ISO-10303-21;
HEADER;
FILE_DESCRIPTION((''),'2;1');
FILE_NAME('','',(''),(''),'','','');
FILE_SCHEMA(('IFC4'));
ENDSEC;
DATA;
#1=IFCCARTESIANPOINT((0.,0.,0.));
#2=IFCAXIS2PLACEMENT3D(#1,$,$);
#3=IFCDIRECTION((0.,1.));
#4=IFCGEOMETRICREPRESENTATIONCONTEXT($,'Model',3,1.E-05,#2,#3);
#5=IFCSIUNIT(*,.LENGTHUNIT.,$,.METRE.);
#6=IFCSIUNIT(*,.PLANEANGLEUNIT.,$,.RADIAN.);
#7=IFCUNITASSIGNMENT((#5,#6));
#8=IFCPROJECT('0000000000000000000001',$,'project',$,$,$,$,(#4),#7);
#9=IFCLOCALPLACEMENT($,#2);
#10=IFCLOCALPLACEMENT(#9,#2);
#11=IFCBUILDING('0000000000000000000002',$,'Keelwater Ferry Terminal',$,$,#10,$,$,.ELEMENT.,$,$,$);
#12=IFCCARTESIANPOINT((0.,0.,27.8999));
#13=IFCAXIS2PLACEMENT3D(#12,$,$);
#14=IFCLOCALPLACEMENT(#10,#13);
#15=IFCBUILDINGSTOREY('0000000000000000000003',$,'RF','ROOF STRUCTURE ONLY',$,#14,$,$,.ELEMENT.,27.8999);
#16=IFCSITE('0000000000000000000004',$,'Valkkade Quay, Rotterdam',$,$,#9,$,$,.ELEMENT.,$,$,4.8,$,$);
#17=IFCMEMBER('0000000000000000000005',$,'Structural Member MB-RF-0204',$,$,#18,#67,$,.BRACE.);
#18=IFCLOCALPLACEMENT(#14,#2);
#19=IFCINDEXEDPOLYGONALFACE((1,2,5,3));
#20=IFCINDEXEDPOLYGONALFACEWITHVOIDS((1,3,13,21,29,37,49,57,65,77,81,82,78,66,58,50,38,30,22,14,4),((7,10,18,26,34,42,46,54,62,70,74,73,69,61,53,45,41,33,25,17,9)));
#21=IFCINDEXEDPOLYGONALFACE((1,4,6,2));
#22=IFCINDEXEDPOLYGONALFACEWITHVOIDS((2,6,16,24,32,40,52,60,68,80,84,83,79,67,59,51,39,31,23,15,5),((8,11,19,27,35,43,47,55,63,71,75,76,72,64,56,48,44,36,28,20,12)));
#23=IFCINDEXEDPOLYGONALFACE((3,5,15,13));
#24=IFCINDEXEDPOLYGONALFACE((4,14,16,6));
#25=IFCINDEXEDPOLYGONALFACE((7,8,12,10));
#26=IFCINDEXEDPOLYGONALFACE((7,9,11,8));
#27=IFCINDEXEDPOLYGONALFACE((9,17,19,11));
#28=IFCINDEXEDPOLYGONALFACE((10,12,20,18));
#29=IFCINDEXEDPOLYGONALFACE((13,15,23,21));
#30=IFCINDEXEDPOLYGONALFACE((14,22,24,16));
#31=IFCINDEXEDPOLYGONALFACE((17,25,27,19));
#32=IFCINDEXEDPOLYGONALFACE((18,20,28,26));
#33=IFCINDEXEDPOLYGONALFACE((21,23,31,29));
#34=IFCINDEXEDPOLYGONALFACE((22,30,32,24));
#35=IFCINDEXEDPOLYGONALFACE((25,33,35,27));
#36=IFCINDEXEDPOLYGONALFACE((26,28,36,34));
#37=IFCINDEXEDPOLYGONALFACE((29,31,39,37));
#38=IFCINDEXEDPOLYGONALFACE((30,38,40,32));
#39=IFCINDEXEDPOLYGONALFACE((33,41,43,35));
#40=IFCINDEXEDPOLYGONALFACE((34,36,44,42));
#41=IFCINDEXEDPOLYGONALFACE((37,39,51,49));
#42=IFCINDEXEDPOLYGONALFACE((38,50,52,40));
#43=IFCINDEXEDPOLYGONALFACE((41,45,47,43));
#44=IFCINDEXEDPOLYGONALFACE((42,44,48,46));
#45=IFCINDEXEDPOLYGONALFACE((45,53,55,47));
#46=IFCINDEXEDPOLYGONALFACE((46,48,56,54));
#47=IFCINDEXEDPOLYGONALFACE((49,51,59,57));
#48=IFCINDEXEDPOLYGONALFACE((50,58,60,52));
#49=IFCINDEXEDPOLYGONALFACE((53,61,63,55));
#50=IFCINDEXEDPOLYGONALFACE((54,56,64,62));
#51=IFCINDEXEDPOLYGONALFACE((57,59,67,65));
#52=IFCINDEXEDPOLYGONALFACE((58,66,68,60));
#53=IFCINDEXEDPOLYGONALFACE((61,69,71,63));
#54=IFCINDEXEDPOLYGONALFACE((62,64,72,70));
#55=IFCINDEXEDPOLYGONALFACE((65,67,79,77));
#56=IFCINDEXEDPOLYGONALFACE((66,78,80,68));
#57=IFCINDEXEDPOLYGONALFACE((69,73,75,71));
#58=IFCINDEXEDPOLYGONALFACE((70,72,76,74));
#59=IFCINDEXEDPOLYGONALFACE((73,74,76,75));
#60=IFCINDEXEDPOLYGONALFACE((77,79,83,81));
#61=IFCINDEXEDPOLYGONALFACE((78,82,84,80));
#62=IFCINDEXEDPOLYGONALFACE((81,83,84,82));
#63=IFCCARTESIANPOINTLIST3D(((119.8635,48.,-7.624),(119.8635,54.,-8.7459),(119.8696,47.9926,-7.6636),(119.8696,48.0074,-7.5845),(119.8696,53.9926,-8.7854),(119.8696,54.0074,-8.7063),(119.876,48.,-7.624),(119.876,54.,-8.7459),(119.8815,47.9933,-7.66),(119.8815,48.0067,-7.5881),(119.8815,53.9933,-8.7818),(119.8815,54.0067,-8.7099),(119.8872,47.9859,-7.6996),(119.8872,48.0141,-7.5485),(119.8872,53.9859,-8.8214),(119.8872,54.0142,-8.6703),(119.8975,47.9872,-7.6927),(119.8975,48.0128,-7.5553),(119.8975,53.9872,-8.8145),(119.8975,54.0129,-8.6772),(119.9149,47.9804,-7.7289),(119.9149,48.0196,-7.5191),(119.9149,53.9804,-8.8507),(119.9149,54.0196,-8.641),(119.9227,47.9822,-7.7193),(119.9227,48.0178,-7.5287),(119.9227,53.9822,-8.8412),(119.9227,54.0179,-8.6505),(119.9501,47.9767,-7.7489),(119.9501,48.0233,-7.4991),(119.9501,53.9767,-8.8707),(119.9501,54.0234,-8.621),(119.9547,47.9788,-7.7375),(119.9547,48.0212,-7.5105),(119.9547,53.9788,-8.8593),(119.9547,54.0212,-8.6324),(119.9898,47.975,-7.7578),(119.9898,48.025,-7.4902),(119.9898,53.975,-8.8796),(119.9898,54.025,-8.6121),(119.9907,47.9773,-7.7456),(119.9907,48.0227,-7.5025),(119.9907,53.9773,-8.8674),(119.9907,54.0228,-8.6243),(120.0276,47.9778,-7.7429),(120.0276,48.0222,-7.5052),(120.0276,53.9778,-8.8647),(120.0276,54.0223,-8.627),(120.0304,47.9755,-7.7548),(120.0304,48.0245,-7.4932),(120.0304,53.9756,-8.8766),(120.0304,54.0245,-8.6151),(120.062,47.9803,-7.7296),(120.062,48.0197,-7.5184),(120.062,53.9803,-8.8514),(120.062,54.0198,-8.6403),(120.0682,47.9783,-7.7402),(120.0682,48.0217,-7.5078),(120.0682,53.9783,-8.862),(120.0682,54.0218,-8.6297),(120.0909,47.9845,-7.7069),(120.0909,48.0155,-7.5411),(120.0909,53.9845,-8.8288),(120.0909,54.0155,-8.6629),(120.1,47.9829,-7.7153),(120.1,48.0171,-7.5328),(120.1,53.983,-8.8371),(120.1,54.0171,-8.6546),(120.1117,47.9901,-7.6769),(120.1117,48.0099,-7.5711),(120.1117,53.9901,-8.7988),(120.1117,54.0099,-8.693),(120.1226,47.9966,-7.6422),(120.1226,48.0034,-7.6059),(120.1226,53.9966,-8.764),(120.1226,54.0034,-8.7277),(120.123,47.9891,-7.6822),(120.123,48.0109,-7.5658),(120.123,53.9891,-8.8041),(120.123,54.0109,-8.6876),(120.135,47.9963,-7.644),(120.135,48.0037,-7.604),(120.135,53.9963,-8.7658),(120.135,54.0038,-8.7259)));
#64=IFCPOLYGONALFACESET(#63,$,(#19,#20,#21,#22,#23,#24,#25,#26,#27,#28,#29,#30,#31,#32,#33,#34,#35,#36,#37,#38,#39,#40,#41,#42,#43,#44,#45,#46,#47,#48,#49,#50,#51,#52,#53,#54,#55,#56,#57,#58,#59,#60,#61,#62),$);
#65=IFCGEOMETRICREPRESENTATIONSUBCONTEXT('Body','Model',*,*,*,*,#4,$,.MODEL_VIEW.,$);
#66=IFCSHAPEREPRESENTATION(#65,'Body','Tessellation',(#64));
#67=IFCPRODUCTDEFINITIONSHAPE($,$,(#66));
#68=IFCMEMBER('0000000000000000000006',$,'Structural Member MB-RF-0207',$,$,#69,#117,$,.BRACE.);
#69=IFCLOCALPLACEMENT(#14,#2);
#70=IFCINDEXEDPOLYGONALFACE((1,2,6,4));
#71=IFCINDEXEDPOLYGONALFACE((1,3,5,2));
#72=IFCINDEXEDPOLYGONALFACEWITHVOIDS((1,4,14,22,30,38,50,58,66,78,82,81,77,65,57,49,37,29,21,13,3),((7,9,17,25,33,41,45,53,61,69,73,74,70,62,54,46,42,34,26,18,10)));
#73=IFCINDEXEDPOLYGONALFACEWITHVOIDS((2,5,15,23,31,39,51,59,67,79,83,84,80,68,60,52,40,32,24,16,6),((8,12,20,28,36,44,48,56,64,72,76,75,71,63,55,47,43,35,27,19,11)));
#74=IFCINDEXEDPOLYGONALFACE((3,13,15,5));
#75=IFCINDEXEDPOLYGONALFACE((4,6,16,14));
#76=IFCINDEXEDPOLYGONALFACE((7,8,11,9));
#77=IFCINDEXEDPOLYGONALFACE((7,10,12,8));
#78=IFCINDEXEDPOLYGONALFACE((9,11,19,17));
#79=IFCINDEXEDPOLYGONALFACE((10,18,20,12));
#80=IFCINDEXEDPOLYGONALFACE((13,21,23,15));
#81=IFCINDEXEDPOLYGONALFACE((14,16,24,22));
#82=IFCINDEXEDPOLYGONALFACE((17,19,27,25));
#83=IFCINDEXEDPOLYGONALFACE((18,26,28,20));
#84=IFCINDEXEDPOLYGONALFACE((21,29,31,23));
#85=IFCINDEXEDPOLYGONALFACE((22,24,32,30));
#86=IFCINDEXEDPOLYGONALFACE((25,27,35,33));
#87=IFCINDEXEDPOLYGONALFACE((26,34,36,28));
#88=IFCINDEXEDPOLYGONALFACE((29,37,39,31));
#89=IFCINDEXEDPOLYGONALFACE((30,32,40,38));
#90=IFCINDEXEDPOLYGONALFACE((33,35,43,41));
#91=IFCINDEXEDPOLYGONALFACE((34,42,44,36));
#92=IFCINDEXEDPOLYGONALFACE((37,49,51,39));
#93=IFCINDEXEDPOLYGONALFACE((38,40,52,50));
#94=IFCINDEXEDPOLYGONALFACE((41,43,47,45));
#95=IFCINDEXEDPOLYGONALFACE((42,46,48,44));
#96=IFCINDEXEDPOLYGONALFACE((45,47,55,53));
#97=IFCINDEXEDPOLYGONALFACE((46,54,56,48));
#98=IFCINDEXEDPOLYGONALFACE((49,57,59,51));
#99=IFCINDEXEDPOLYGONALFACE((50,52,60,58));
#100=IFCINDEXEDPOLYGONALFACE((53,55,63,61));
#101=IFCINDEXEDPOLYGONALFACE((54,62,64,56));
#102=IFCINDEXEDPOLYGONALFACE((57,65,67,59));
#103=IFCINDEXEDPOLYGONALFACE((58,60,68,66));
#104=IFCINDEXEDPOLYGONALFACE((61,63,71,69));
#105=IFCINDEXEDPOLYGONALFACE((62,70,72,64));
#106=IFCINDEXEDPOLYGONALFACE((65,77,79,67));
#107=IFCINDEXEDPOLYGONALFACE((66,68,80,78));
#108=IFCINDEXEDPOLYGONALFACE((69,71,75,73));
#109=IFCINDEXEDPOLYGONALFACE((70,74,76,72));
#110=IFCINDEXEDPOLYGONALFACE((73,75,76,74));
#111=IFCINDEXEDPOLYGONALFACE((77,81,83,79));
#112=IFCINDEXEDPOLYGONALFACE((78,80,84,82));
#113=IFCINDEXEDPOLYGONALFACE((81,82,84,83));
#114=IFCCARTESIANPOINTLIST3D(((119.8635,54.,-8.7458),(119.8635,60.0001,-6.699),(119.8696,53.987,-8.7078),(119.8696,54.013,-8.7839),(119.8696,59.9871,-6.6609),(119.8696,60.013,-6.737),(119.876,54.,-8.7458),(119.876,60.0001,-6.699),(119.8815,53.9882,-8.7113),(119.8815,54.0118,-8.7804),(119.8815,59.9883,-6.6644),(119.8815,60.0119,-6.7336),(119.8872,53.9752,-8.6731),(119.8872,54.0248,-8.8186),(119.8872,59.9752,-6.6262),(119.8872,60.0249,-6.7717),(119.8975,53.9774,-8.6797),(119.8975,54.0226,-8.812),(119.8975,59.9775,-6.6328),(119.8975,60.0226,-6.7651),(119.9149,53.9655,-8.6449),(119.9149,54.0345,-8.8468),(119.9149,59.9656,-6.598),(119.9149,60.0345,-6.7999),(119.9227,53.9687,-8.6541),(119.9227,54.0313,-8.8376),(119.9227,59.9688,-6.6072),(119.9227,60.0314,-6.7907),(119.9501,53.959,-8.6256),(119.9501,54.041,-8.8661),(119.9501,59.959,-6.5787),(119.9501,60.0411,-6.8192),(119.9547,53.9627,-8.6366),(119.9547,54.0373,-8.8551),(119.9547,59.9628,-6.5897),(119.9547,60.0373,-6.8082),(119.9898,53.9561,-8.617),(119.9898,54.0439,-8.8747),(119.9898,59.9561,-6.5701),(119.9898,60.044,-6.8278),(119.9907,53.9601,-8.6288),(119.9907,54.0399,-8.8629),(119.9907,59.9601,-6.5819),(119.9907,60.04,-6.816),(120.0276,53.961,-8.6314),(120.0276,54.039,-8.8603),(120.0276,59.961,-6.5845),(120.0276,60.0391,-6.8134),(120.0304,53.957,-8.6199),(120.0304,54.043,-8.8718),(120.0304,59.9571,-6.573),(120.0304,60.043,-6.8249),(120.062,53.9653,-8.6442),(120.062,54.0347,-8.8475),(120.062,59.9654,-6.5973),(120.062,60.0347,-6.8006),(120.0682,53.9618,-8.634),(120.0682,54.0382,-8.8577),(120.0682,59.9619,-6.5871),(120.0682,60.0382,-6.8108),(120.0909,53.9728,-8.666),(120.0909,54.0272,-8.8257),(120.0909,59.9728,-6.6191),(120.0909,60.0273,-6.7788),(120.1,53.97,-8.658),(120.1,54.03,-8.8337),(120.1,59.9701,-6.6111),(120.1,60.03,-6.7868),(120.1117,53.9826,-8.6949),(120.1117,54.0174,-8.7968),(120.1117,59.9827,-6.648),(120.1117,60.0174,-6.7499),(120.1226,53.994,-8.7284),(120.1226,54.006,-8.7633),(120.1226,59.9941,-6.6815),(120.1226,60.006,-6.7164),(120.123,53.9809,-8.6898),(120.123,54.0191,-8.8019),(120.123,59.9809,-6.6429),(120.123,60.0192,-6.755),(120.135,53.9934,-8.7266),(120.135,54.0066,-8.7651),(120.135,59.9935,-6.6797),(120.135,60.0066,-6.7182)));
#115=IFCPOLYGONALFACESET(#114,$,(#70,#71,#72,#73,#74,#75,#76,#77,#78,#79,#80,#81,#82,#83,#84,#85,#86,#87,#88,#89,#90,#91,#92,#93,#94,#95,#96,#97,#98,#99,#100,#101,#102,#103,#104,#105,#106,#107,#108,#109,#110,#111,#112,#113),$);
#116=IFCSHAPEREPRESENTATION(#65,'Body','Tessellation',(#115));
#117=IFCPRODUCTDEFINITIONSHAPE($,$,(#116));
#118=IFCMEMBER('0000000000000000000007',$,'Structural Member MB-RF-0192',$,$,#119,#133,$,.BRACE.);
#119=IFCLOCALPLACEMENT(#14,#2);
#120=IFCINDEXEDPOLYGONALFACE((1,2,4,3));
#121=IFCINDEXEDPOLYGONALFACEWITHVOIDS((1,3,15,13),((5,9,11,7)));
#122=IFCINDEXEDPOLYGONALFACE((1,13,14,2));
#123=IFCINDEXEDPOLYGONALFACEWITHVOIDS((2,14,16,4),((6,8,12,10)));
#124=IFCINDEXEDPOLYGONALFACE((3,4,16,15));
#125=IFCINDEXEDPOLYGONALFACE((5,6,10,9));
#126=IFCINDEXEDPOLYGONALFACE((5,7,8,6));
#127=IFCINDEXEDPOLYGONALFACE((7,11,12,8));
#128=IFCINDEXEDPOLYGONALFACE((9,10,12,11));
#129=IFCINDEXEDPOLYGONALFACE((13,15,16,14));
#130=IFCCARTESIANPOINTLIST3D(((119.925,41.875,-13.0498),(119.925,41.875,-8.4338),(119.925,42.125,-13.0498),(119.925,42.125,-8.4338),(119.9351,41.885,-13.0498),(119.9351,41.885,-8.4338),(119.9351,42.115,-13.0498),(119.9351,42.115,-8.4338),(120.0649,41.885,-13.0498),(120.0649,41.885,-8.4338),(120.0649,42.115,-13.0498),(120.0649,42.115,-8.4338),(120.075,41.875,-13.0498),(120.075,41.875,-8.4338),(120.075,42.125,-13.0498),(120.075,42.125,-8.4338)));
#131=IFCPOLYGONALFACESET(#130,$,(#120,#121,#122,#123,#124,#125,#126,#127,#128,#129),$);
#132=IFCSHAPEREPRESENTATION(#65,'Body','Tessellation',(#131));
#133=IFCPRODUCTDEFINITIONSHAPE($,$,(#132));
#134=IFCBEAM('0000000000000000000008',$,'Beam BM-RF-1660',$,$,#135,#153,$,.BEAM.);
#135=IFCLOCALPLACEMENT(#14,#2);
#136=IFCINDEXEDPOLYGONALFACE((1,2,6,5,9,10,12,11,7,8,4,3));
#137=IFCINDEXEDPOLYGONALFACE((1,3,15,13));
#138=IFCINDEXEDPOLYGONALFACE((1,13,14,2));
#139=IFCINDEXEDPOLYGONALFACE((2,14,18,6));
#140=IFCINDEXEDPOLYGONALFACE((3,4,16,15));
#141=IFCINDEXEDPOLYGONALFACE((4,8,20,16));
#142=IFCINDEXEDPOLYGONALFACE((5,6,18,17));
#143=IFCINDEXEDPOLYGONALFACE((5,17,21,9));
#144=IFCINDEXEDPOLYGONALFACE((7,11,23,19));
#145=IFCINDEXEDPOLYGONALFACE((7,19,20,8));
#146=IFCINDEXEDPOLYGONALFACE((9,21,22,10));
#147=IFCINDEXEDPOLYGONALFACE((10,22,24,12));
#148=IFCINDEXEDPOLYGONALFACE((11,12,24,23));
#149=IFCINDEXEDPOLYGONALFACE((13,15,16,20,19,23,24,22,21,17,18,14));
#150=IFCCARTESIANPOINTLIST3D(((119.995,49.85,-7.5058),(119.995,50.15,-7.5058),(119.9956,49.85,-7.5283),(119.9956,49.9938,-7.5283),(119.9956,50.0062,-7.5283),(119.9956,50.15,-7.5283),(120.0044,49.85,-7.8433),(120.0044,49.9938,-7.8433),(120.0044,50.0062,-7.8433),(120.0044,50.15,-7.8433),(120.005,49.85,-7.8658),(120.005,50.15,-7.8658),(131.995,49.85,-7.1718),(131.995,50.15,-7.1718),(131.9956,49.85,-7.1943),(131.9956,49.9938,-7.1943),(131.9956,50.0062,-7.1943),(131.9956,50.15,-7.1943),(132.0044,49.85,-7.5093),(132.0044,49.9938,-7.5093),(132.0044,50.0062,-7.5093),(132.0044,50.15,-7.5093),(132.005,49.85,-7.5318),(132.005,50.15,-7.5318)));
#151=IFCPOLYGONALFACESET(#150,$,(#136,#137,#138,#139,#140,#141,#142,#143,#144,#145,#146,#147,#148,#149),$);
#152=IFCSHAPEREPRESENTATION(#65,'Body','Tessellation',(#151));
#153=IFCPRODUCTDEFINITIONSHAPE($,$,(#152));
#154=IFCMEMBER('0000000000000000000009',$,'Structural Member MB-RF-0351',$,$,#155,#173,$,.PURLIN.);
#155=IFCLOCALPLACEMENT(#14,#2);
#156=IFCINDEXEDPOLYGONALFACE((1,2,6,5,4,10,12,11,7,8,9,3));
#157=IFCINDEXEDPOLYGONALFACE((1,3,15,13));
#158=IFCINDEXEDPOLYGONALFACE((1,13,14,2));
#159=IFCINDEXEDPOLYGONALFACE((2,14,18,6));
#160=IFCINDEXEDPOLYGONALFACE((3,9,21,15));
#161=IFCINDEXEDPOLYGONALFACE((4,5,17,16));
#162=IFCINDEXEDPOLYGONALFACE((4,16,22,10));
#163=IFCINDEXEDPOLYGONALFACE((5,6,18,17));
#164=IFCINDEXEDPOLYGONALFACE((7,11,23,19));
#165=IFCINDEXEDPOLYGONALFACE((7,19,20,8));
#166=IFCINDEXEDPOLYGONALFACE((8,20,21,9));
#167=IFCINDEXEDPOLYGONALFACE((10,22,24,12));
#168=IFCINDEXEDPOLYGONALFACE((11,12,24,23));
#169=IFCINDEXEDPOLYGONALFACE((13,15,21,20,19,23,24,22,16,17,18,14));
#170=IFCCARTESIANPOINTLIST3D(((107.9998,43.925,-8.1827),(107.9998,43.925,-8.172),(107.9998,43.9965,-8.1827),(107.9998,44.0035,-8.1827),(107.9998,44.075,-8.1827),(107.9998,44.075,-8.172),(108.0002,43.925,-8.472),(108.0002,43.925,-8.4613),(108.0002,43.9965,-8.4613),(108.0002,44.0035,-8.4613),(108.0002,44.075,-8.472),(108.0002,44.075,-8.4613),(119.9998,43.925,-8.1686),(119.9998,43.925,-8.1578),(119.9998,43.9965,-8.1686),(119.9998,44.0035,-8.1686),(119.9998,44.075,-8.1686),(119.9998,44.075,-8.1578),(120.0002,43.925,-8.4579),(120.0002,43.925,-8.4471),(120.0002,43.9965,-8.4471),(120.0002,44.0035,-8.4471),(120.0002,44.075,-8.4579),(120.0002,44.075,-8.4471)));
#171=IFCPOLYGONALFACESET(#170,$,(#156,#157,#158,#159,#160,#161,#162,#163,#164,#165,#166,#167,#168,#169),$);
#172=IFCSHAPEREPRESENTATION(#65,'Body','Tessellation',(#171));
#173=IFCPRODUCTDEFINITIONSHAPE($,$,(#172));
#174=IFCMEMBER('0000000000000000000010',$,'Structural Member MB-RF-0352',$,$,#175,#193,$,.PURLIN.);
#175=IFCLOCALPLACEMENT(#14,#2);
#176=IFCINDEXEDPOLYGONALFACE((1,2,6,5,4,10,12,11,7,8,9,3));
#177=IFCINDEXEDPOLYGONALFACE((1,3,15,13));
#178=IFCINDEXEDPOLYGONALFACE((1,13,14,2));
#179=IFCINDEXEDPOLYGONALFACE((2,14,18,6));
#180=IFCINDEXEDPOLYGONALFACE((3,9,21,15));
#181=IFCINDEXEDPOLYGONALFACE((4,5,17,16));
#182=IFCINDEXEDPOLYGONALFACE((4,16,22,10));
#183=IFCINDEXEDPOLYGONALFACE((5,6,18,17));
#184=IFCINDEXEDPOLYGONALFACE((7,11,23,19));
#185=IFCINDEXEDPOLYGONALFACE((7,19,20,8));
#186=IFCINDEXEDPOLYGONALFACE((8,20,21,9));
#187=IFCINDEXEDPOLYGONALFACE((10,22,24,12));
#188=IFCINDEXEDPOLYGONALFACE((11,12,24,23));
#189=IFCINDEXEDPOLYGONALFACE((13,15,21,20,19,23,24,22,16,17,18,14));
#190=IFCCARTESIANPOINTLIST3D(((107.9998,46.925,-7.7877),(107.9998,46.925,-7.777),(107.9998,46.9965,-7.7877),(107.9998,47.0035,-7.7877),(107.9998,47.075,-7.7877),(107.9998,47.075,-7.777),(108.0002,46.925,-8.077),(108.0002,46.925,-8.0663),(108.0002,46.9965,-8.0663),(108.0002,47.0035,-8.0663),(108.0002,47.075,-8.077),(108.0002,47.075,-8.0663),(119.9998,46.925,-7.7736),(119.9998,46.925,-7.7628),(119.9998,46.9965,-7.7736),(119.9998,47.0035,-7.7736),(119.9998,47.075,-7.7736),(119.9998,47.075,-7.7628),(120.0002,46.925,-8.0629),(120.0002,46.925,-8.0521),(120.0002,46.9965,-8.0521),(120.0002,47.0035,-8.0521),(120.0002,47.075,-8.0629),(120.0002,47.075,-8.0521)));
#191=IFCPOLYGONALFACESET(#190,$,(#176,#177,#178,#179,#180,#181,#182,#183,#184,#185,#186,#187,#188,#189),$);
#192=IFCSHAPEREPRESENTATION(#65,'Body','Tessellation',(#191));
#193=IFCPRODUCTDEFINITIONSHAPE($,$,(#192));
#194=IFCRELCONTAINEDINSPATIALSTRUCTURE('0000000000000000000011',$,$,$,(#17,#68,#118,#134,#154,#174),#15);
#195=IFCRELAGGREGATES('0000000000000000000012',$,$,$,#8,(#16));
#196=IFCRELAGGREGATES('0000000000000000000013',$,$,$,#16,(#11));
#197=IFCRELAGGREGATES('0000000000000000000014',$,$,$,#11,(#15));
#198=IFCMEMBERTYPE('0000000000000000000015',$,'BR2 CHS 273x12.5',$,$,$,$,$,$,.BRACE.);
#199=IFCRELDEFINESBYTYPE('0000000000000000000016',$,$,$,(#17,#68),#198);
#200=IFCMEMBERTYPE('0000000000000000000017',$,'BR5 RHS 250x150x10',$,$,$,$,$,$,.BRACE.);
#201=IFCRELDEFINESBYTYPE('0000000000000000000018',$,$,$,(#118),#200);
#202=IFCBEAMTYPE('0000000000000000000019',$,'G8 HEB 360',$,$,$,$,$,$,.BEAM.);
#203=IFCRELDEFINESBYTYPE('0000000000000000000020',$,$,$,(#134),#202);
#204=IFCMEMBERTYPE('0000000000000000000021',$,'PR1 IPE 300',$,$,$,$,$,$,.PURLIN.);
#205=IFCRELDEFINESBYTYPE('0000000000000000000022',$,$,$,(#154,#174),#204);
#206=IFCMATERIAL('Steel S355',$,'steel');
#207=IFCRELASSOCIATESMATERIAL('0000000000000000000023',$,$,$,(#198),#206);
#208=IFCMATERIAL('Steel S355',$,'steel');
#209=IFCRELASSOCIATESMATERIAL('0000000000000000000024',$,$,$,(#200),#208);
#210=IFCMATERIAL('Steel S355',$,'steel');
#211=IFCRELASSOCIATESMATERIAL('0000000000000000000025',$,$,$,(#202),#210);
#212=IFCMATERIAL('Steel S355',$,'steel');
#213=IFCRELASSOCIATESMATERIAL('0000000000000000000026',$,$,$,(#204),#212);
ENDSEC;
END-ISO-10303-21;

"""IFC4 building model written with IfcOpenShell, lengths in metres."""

from ifc_helpers import new_model, si_unit, direction, frame, origin, origin_2d, place, context, subcontext, project, spatial, hollow_rectangle, hollow_circle, i_section, extrude, material, material_profile, profile_set, type_object, element, save


model = new_model("IFC4")

# Units and contexts
model_context = context("Model", 3, precision=1e-05, world=origin(), true_north=direction((0.0, 1.0)))
body_context = subcontext(model_context, "Body", "Model", "MODEL_VIEW")
ifc_project = project(units=[si_unit("LENGTHUNIT", "METRE"), si_unit("PLANEANGLEUNIT", "RADIAN")], contexts=[model_context])

# Site, building, storey
site_placement = place(None, origin())
site = spatial("IfcSite", under=ifc_project, at=site_placement, Name="Valkkade Quay, Rotterdam", CompositionType="ELEMENT", RefElevation=4.8)
building_placement = place(site_placement, origin())
building = spatial("IfcBuilding", under=site, at=building_placement, Name="Keelwater Ferry Terminal", CompositionType="ELEMENT")
storey_placement = place(building_placement, frame((0.0, 0.0, 27.8999)))
storey = spatial("IfcBuildingStorey", under=building, at=storey_placement, Name="RF", Description="ROOF STRUCTURE ONLY", CompositionType="ELEMENT", Elevation=27.8999)

# Members
ifc_material_1 = material(Name="Steel S355", Category="steel")
ifc_material_profile_1 = material_profile(ifc_material_1, hollow_circle(Radius=0.1365, WallThickness=0.0125, at=origin_2d()), Name="CHS 273x12.5")
ifc_profile_set_1 = profile_set([ifc_material_profile_1], Name="Steel S355")
member_type_1 = type_object("IfcMemberType", Name="BR2 CHS 273x12.5", PredefinedType="BRACE", material=ifc_profile_set_1)
member_1_placement = place(storey_placement, frame((120.0, 48.0, -7.624), z_axis=(0.0, 0.982966, -0.183786), x_axis=(-1.0, 0.0, 0.0)))
element("IfcMember", 1, at=member_1_placement, inside=storey, type_object=member_type_1, Name="Structural Member MB-RF-0204", PredefinedType="BRACE", context=body_context, shape_type="SweptSolid", body=[
    extrude(hollow_circle(Radius=0.1365, WallThickness=0.0125, at=origin_2d()), origin(), (0.0, 0.0, 1.0), 6.104),
])
member_2_placement = place(storey_placement, frame((120.0, 54.0, -8.7458), z_axis=(0.0, 0.946442, 0.322875), x_axis=(-1.0, 0.0, 0.0)))
element("IfcMember", 2, at=member_2_placement, inside=storey, type_object=member_type_1, Name="Structural Member MB-RF-0207", PredefinedType="BRACE", context=body_context, shape_type="SweptSolid", body=[
    extrude(hollow_circle(Radius=0.1365, WallThickness=0.0125, at=origin_2d()), origin(), (0.0, 0.0, 1.0), 6.3396),
])
ifc_material_2 = material(Name="Steel S355", Category="steel")
ifc_material_profile_2 = material_profile(ifc_material_2, hollow_rectangle(XDim=0.1499, YDim=0.25, WallThickness=0.01, at=origin_2d()), Name="RHS 250x150x10")
ifc_profile_set_2 = profile_set([ifc_material_profile_2], Name="Steel S355")
member_type_2 = type_object("IfcMemberType", Name="BR5 RHS 250x150x10", PredefinedType="BRACE", material=ifc_profile_set_2)
member_3_placement = place(storey_placement, frame((120.0, 42.0, -13.0498), z_axis=(0.0, 0.0, 1.0), x_axis=(1.0, 0.0, 0.0)))
element("IfcMember", 3, at=member_3_placement, inside=storey, type_object=member_type_2, Name="Structural Member MB-RF-0192", PredefinedType="BRACE", context=body_context, shape_type="SweptSolid", body=[
    extrude(hollow_rectangle(XDim=0.1499, YDim=0.25, WallThickness=0.01, at=origin_2d()), origin(), (0.0, 0.0, 1.0), 4.616),
])

# Beam
ifc_material_3 = material(Name="Steel S355", Category="steel")
ifc_material_profile_3 = material_profile(ifc_material_3, i_section(OverallWidth=0.3, OverallDepth=0.3601, WebThickness=0.0125, FlangeThickness=0.0225, at=origin_2d()), Name="HEB 360")
ifc_profile_set_3 = profile_set([ifc_material_profile_3], Name="Steel S355")
beam_type = type_object("IfcBeamType", Name="G8 HEB 360", PredefinedType="BEAM", material=ifc_profile_set_3)
beam_placement = place(storey_placement, frame((120.0, 50.0, -7.6858), z_axis=(0.999613, 0.0, 0.027821), x_axis=(0.0, 1.0, 0.0)))
element("IfcBeam", 4, at=beam_placement, inside=storey, type_object=beam_type, Name="Beam BM-RF-1660", PredefinedType="BEAM", context=body_context, shape_type="SweptSolid", body=[
    extrude(i_section(OverallWidth=0.3, OverallDepth=0.3601, WebThickness=0.0125, FlangeThickness=0.0225, at=origin_2d()), origin(), (0.0, 0.0, 1.0), 12.0046),
])

# Members
ifc_material_4 = material(Name="Steel S355", Category="steel")
ifc_material_profile_4 = material_profile(ifc_material_4, i_section(OverallWidth=0.1499, OverallDepth=0.3, WebThickness=0.0071, FlangeThickness=0.0107, at=origin_2d()), Name="IPE 300")
ifc_profile_set_4 = profile_set([ifc_material_profile_4], Name="Steel S355")
member_type_3 = type_object("IfcMemberType", Name="PR1 IPE 300", PredefinedType="PURLIN", material=ifc_profile_set_4)
for number, where, z_axis, x_axis, name in (
    (5, (108.0, 44.0, -8.322), (0.999999, 0.0, 0.00118), (0.0, 1.0, 0.0), "Structural Member MB-RF-0351"),
    (6, (108.0, 47.0, -7.927), (0.999999, 0.0, 0.00118), (0.0, 1.0, 0.0), "Structural Member MB-RF-0352"),
):
    element("IfcMember", number, at=place(storey_placement, frame(where, z_axis=z_axis, x_axis=x_axis)), inside=storey, type_object=member_type_3, Name=name, PredefinedType="PURLIN", context=body_context, shape_type="SweptSolid", body=[
        extrude(i_section(OverallWidth=0.1499, OverallDepth=0.3, WebThickness=0.0071, FlangeThickness=0.0107, at=origin_2d()), origin(), (0.0, 0.0, 1.0), 12.0),
    ])

save(model, "model.ifc")
